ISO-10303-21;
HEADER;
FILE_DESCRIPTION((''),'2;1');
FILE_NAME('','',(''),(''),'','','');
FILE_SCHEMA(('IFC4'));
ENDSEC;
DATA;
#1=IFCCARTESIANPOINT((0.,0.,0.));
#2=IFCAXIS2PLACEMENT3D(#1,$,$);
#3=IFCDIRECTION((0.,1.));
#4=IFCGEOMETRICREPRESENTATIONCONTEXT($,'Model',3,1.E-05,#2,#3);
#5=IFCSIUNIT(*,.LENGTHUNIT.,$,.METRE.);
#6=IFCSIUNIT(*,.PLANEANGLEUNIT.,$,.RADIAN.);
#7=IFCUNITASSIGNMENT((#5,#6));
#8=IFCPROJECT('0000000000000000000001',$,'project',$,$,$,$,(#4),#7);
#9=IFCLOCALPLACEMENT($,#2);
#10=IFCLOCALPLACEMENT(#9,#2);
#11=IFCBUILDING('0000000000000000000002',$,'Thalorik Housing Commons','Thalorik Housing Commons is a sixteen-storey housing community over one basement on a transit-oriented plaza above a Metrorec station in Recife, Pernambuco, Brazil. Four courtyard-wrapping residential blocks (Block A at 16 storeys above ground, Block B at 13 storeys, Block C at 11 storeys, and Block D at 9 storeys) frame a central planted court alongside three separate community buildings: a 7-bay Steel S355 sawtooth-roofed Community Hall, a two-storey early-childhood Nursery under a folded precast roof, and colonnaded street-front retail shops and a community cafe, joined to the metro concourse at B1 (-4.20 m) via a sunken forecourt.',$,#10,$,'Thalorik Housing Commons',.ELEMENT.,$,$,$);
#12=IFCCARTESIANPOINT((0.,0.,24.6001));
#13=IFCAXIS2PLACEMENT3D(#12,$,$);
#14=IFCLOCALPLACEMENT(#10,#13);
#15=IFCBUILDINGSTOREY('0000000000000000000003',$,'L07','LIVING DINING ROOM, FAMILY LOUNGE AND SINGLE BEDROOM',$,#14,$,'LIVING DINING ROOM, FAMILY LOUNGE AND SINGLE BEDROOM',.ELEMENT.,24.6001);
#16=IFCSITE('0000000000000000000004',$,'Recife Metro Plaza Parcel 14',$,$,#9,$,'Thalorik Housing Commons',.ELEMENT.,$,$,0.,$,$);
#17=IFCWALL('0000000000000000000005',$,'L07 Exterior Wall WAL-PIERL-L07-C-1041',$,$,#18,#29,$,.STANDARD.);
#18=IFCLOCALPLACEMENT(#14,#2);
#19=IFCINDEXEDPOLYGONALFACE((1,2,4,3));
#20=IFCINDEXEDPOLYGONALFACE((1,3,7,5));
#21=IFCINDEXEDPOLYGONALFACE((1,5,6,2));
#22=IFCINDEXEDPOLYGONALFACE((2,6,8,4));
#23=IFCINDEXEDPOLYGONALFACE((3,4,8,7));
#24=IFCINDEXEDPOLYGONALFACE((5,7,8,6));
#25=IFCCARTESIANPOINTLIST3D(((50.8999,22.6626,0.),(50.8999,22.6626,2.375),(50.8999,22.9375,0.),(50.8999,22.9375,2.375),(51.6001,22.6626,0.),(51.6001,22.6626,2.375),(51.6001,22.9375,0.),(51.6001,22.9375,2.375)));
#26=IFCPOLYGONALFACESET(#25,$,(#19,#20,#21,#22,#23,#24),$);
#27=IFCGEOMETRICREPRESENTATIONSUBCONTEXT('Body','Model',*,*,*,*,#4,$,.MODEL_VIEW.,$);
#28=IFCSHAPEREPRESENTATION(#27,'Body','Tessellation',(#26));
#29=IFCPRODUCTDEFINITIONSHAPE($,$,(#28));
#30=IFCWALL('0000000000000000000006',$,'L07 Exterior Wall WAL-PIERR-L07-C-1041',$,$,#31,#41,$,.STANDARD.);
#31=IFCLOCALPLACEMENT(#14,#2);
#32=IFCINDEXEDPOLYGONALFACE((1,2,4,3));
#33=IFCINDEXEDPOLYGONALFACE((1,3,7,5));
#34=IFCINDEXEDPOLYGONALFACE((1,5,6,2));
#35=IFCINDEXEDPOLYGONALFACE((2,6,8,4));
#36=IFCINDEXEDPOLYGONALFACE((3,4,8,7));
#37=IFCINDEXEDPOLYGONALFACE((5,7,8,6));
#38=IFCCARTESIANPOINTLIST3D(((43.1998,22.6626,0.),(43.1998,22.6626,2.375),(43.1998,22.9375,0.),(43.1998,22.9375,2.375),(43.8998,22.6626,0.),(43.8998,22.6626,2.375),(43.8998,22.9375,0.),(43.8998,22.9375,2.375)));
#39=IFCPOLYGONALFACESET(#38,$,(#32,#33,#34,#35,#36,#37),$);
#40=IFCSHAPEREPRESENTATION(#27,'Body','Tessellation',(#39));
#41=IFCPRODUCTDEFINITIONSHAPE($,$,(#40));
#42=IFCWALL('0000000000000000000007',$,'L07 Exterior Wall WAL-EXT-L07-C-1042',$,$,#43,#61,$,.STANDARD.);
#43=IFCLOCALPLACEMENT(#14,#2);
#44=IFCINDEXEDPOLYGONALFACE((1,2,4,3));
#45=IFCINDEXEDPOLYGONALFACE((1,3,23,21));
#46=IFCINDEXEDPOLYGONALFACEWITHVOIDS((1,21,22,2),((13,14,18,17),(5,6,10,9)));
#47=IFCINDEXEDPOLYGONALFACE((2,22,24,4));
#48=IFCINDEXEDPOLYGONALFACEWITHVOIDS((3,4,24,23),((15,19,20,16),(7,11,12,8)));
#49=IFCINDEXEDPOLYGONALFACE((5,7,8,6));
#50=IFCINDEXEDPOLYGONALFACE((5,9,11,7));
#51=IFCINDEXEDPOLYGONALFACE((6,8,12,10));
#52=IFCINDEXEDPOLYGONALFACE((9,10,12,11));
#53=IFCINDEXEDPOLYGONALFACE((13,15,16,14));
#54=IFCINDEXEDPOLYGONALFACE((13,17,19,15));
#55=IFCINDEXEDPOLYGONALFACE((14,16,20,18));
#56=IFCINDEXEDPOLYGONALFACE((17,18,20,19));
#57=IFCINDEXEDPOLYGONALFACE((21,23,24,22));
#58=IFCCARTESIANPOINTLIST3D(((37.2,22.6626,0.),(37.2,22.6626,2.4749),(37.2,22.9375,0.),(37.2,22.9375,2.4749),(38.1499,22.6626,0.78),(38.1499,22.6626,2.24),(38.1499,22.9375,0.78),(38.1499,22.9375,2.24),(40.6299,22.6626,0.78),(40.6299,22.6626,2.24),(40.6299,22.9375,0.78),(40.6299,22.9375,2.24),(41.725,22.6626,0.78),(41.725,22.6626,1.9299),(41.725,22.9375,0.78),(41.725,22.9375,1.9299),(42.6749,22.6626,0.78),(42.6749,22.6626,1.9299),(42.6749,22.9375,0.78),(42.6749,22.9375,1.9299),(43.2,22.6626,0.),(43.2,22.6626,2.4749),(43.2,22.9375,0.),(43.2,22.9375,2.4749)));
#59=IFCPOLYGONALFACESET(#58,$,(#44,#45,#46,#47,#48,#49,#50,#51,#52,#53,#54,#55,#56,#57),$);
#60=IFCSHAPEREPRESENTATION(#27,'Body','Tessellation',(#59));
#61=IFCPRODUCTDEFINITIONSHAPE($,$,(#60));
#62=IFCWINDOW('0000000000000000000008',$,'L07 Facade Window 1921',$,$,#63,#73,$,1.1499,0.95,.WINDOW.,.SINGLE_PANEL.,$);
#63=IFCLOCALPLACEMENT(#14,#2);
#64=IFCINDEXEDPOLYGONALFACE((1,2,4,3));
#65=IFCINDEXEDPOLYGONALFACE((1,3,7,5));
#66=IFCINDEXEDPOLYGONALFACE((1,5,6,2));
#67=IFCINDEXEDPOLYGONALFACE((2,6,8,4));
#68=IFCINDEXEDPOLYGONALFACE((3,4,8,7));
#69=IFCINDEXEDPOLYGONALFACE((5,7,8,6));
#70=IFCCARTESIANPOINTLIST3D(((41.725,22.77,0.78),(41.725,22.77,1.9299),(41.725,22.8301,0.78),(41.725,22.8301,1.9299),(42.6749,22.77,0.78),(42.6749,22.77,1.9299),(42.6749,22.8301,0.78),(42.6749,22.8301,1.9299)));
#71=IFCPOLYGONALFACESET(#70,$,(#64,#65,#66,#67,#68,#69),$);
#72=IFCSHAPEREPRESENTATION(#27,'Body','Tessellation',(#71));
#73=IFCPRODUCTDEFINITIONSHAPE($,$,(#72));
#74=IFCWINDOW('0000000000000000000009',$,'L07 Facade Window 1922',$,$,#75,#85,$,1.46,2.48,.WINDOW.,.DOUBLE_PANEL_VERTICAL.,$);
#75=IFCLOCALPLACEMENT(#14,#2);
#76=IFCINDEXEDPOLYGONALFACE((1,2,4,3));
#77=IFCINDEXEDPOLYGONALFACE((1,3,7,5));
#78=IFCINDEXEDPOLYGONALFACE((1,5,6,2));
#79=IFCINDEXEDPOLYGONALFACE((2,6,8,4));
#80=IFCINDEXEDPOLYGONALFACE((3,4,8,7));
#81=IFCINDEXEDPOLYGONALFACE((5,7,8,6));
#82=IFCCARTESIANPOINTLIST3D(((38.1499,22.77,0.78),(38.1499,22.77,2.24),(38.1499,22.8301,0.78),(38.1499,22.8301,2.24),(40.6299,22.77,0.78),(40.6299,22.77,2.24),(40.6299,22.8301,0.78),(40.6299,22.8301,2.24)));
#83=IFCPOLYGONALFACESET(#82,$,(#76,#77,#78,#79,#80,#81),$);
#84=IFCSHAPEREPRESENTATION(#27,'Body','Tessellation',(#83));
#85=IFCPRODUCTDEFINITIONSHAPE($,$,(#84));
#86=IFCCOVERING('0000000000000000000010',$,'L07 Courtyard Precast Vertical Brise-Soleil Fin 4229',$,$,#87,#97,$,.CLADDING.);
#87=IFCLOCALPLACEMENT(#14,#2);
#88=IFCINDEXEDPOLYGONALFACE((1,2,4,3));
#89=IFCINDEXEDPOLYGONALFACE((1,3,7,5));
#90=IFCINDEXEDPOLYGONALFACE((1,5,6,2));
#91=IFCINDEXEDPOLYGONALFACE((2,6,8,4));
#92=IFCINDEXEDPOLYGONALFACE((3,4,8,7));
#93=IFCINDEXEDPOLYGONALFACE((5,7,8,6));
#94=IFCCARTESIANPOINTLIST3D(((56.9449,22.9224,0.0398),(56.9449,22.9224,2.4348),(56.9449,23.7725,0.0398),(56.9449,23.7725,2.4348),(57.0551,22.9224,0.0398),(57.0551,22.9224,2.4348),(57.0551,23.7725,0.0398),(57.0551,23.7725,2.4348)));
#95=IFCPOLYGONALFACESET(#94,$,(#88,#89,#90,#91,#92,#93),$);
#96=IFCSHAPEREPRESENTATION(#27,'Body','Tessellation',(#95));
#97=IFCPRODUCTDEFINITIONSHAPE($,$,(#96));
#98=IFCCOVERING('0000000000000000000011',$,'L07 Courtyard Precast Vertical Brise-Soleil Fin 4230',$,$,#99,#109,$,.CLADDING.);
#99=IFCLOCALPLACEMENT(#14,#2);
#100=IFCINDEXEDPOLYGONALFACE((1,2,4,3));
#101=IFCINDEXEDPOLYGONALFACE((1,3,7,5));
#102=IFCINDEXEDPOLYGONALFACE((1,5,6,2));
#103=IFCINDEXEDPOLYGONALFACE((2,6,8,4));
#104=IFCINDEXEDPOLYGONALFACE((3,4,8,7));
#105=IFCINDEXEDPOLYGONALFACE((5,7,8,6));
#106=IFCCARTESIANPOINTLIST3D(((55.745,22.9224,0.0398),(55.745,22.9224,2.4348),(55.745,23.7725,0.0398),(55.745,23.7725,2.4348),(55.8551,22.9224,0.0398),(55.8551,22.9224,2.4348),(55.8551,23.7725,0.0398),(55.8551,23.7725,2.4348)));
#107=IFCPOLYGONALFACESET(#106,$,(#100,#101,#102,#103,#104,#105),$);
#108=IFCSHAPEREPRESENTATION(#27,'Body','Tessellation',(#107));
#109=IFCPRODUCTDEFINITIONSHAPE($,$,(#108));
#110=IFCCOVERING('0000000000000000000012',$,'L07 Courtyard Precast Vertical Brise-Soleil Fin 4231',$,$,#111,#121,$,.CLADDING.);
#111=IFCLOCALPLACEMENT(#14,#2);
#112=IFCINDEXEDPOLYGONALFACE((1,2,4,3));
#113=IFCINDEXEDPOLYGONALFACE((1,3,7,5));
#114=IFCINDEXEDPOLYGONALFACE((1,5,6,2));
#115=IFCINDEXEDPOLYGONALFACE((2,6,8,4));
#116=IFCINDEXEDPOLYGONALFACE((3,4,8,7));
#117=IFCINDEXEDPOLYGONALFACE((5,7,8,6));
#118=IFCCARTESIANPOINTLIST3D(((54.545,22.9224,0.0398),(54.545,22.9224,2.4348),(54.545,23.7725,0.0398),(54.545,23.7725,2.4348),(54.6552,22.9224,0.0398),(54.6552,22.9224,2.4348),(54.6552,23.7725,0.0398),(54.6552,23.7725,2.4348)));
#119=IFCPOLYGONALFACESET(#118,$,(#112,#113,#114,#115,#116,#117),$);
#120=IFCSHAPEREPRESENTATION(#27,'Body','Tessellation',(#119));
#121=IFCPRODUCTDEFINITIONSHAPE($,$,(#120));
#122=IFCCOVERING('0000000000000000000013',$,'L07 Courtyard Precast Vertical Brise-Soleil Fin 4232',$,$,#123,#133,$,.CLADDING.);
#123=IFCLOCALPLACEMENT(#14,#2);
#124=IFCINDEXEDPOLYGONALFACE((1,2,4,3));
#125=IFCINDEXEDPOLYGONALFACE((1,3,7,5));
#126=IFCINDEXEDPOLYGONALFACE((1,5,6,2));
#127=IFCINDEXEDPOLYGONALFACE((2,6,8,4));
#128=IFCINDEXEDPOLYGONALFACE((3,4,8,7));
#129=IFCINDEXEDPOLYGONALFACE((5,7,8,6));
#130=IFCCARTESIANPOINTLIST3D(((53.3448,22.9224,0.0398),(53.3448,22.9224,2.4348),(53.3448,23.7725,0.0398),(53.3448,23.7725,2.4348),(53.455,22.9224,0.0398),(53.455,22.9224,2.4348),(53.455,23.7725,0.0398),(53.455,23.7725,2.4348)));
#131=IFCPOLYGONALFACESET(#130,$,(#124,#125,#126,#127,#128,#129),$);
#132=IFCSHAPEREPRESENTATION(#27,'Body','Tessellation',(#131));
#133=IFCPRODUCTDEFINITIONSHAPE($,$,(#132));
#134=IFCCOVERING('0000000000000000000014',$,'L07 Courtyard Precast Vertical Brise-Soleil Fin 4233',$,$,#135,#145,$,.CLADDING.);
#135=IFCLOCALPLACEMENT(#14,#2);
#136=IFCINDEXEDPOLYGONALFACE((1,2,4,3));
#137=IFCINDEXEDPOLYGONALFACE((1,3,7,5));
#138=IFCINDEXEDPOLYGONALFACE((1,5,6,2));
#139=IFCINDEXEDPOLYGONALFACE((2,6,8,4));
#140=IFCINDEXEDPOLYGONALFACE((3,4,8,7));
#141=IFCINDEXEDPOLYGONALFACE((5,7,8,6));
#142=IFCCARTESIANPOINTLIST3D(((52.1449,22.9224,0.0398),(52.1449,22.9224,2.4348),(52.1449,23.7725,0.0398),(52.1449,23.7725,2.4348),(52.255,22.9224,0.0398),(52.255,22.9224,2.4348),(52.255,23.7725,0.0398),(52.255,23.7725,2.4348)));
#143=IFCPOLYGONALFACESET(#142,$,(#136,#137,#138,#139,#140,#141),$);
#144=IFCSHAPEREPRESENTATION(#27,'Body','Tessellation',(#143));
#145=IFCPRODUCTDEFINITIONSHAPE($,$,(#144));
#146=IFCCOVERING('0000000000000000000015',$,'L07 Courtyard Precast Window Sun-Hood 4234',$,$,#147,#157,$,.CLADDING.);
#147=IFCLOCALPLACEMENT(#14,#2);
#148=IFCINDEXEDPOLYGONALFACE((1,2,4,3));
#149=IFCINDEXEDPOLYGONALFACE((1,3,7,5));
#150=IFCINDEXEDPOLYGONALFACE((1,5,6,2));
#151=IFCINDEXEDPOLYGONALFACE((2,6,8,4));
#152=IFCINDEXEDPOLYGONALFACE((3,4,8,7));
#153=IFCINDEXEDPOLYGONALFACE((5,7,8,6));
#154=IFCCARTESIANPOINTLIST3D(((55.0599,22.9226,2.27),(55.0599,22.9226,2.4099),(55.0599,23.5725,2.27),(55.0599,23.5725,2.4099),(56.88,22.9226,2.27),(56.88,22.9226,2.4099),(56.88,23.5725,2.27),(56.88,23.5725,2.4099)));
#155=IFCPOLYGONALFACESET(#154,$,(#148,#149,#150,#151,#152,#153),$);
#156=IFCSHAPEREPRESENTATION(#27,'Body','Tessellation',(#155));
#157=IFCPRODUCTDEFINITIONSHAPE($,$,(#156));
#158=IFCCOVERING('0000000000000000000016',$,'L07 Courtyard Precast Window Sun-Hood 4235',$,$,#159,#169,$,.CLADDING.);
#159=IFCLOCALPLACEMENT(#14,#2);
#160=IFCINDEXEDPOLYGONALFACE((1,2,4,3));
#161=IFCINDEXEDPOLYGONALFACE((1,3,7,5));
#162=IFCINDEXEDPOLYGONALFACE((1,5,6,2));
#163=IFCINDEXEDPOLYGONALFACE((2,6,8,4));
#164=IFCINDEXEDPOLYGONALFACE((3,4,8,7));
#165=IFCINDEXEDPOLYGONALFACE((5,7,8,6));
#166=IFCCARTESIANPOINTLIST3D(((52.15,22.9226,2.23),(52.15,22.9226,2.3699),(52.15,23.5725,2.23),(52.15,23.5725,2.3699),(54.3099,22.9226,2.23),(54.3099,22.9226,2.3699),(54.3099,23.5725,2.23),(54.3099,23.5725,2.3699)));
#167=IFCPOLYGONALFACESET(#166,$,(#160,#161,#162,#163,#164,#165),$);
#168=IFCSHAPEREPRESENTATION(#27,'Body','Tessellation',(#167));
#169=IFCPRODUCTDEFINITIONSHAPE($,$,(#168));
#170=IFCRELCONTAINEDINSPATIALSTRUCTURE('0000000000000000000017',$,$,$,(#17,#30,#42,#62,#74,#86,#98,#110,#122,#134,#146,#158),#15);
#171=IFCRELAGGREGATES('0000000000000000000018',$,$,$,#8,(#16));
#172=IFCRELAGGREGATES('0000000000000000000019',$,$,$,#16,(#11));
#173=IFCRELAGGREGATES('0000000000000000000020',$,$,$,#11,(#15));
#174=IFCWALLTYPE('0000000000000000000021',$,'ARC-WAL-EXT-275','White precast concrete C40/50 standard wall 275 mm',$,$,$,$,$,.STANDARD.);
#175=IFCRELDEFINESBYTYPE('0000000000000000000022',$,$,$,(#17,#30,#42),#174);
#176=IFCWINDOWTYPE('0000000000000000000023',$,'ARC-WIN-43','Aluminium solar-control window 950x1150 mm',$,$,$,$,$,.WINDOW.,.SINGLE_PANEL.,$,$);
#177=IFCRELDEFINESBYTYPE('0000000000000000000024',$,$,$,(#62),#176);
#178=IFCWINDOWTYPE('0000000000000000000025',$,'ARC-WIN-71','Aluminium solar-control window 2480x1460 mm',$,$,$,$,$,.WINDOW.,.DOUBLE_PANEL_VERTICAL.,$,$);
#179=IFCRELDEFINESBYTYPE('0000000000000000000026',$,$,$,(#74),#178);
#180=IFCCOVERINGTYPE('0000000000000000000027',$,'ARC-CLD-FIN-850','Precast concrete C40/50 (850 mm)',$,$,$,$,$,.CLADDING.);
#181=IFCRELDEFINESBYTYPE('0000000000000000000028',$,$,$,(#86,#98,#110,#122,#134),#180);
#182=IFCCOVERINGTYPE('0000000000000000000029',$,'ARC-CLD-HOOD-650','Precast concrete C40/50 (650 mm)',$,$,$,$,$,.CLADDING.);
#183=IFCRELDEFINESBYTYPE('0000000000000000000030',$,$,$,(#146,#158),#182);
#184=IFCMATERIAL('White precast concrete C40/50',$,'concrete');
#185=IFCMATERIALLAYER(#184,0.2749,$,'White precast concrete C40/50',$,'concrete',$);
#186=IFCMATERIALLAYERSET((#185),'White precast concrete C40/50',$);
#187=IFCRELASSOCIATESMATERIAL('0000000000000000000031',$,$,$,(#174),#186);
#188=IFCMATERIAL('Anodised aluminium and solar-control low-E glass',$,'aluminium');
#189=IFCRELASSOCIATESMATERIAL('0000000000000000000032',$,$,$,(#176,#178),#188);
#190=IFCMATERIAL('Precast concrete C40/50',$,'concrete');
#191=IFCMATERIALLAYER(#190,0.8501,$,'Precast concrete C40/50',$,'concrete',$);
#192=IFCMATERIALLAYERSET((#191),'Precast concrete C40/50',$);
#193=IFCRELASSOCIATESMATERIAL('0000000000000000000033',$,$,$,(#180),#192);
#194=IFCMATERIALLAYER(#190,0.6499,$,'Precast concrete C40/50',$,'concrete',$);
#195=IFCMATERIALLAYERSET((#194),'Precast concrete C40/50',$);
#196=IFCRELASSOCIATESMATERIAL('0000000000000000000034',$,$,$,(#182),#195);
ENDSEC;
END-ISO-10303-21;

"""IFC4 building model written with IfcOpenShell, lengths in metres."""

from ifc_helpers import new_model, si_unit, direction, frame, frame_2d, origin, origin_2d, place, context, subcontext, project, spatial, rectangle, extrude, material, layer, layer_set, type_object, element, fill, save


model = new_model("IFC4")

# Units and contexts
model_context = context("Model", 3, precision=1e-05, world=origin(), true_north=direction((0.0, 1.0)))
body_context = subcontext(model_context, "Body", "Model", "MODEL_VIEW")
ifc_project = project(units=[si_unit("LENGTHUNIT", "METRE"), si_unit("PLANEANGLEUNIT", "RADIAN")], contexts=[model_context])

# Site, building, storey
site_placement = place(None, origin())
site = spatial("IfcSite", under=ifc_project, at=site_placement, Name="Recife Metro Plaza Parcel 14", LongName="Thalorik Housing Commons", CompositionType="ELEMENT", RefElevation=0.0)
building_placement = place(site_placement, origin())
building = spatial("IfcBuilding", under=site, at=building_placement, Name="Thalorik Housing Commons", Description="Thalorik Housing Commons is a sixteen-storey housing community over one basement on a transit-oriented plaza above a Metrorec station in Recife, Pernambuco, Brazil. Four courtyard-wrapping residential blocks (Block A at 16 storeys above ground, Block B at 13 storeys, Block C at 11 storeys, and Block D at 9 storeys) frame a central planted court alongside three separate community buildings: a 7-bay Steel S355 sawtooth-roofed Community Hall, a two-storey early-childhood Nursery under a folded precast roof, and colonnaded street-front retail shops and a community cafe, joined to the metro concourse at B1 (-4.20 m) via a sunken forecourt.", LongName="Thalorik Housing Commons", CompositionType="ELEMENT")
storey_placement = place(building_placement, frame((0.0, 0.0, 24.6001)))
storey = spatial("IfcBuildingStorey", under=building, at=storey_placement, Name="L07", Description="LIVING DINING ROOM, FAMILY LOUNGE AND SINGLE BEDROOM", LongName="LIVING DINING ROOM, FAMILY LOUNGE AND SINGLE BEDROOM", CompositionType="ELEMENT", Elevation=24.6001)

# Shared definitions
ifc_material_1 = material(Name="Precast concrete C40/50", Category="concrete")

# Shared definitions
ifc_material_2 = material(Name="Anodised aluminium and solar-control low-E glass", Category="aluminium")

# Walls
ifc_material_3 = material(Name="White precast concrete C40/50", Category="concrete")
ifc_layer_1 = layer(ifc_material_3, 0.2749, Name="White precast concrete C40/50", Category="concrete")
ifc_layer_set_1 = layer_set([ifc_layer_1], Name="White precast concrete C40/50")
wall_type = type_object("IfcWallType", Name="ARC-WAL-EXT-275", Description="White precast concrete C40/50 standard wall 275 mm", PredefinedType="STANDARD", material=ifc_layer_set_1)
wall_1_placement = place(storey_placement, frame((51.6001, 22.8, 0.0), z_axis=(0.0, 0.0, 1.0), x_axis=(-1.0, 0.0, 0.0)))
element("IfcWall", 1, at=wall_1_placement, inside=storey, type_object=wall_type, Name="L07 Exterior Wall WAL-PIERL-L07-C-1041", PredefinedType="STANDARD", context=body_context, shape_type="SweptSolid", body=[
    extrude(rectangle(XDim=0.7002, YDim=0.2749, at=frame_2d((0.3501, 0.0))), origin(), (0.0, 0.0, 1.0), 2.375),
])
wall_2_placement = place(storey_placement, frame((43.8999, 22.8, 0.0), z_axis=(0.0, 0.0, 1.0), x_axis=(-1.0, 0.0, 0.0)))
element("IfcWall", 2, at=wall_2_placement, inside=storey, type_object=wall_type, Name="L07 Exterior Wall WAL-PIERR-L07-C-1041", PredefinedType="STANDARD", context=body_context, shape_type="SweptSolid", body=[
    extrude(rectangle(XDim=0.7, YDim=0.2749, at=frame_2d((0.3501, 0.0))), origin(), (0.0, 0.0, 1.0), 2.375),
])

# Wall, openings, windows
wall_3_placement = place(storey_placement, frame((43.2, 22.8, 0.0), z_axis=(0.0, 0.0, 1.0), x_axis=(-1.0, 0.0, 0.0)))
wall_3 = element("IfcWall", 3, at=wall_3_placement, inside=storey, type_object=wall_type, Name="L07 Exterior Wall WAL-EXT-L07-C-1042", PredefinedType="STANDARD", context=body_context, shape_type="SweptSolid", body=[
    extrude(rectangle(XDim=6.0, YDim=0.2749, at=frame_2d((3.0, 0.0))), origin(), (0.0, 0.0, 1.0), 2.4749),
])
opening_1_placement = place(wall_3_placement, frame((0.5249, 0.0, 0.78)))
opening_1 = element("IfcOpeningElement", 4, at=opening_1_placement, cuts=wall_3, PredefinedType="OPENING", context=body_context, shape_type="SweptSolid", body=[
    extrude(rectangle(XDim=0.95, YDim=1.1499, at=frame_2d((0.4751, 0.575))), frame((0.0, 0.1475, 0.0), z_axis=(0.0, -1.0, 0.0), x_axis=(1.0, 0.0, 0.0)), (0.0, 0.0, 1.0), 0.2949),
])
opening_2_placement = place(wall_3_placement, frame((2.5701, 0.0, 0.78)))
opening_2 = element("IfcOpeningElement", 5, at=opening_2_placement, cuts=wall_3, PredefinedType="OPENING", context=body_context, shape_type="SweptSolid", body=[
    extrude(rectangle(XDim=2.48, YDim=1.46, at=frame_2d((1.24, 0.73))), frame((0.0, 0.1475, 0.0), z_axis=(0.0, -1.0, 0.0), x_axis=(1.0, 0.0, 0.0)), (0.0, 0.0, 1.0), 0.2949),
])
window_type_1 = type_object("IfcWindowType", Name="ARC-WIN-43", Description="Aluminium solar-control window 950x1150 mm", PartitioningType="SINGLE_PANEL", PredefinedType="WINDOW", material=ifc_material_2)
window_1_placement = place(opening_1_placement, origin())
window_1 = element("IfcWindow", 6, at=window_1_placement, inside=storey, type_object=window_type_1, Name="L07 Facade Window 1921", OverallHeight=1.1499, OverallWidth=0.95, PartitioningType="SINGLE_PANEL", PredefinedType="WINDOW", context=body_context, shape_type="SweptSolid", body=[
    extrude(rectangle(XDim=0.95, YDim=1.1499, at=frame_2d((0.4751, 0.575))), frame((0.0, 0.03, 0.0), z_axis=(0.0, -1.0, 0.0), x_axis=(1.0, 0.0, 0.0)), (0.0, 0.0, 1.0), 0.0601),
])
fill(opening_1, window_1)
window_type_2 = type_object("IfcWindowType", Name="ARC-WIN-71", Description="Aluminium solar-control window 2480x1460 mm", PartitioningType="DOUBLE_PANEL_VERTICAL", PredefinedType="WINDOW", material=ifc_material_2)
window_2_placement = place(opening_2_placement, origin())
window_2 = element("IfcWindow", 7, at=window_2_placement, inside=storey, type_object=window_type_2, Name="L07 Facade Window 1922", OverallHeight=1.46, OverallWidth=2.48, PartitioningType="DOUBLE_PANEL_VERTICAL", PredefinedType="WINDOW", context=body_context, shape_type="SweptSolid", body=[
    extrude(rectangle(XDim=2.48, YDim=1.46, at=frame_2d((1.24, 0.73))), frame((0.0, 0.03, 0.0), z_axis=(0.0, -1.0, 0.0), x_axis=(1.0, 0.0, 0.0)), (0.0, 0.0, 1.0), 0.0601),
])
fill(opening_2, window_2)

# Coverings
ifc_layer_2 = layer(ifc_material_1, 0.8501, Name="Precast concrete C40/50", Category="concrete")
ifc_layer_set_2 = layer_set([ifc_layer_2], Name="Precast concrete C40/50")
covering_type_1 = type_object("IfcCoveringType", Name="ARC-CLD-FIN-850", Description="Precast concrete C40/50 (850 mm)", PredefinedType="CLADDING", material=ifc_layer_set_2)
for number, where, z_axis, x_axis, name in (
    (8, (57.0, 23.3474, 0.0398), (0.0, 0.0, 1.0), (-1.0, 0.0, 0.0), "L07 Courtyard Precast Vertical Brise-Soleil Fin 4229"),
    (9, (55.8, 23.3474, 0.0398), (0.0, 0.0, 1.0), (-1.0, 0.0, 0.0), "L07 Courtyard Precast Vertical Brise-Soleil Fin 4230"),
    (10, (54.6001, 23.3474, 0.0398), (0.0, 0.0, 1.0), (-1.0, 0.0, 0.0), "L07 Courtyard Precast Vertical Brise-Soleil Fin 4231"),
    (11, (53.3999, 23.3474, 0.0398), (0.0, 0.0, 1.0), (-1.0, 0.0, 0.0), "L07 Courtyard Precast Vertical Brise-Soleil Fin 4232"),
    (12, (52.2, 23.3474, 0.0398), (0.0, 0.0, 1.0), (-1.0, 0.0, 0.0), "L07 Courtyard Precast Vertical Brise-Soleil Fin 4233"),
):
    element("IfcCovering", number, at=place(storey_placement, frame(where, z_axis=z_axis, x_axis=x_axis)), inside=storey, type_object=covering_type_1, Name=name, PredefinedType="CLADDING", context=body_context, shape_type="SweptSolid", body=[
        extrude(rectangle(XDim=0.1101, YDim=0.8501, at=origin_2d()), origin(), (0.0, 0.0, 1.0), 2.395),
    ])
ifc_layer_3 = layer(ifc_material_1, 0.6499, Name="Precast concrete C40/50", Category="concrete")
ifc_layer_set_3 = layer_set([ifc_layer_3], Name="Precast concrete C40/50")
covering_type_2 = type_object("IfcCoveringType", Name="ARC-CLD-HOOD-650", Description="Precast concrete C40/50 (650 mm)", PredefinedType="CLADDING", material=ifc_layer_set_3)
covering_1_placement = place(storey_placement, frame((55.97, 23.2476, 2.27), z_axis=(0.0, 0.0, 1.0), x_axis=(-1.0, 0.0, 0.0)))
element("IfcCovering", 13, at=covering_1_placement, inside=storey, type_object=covering_type_2, Name="L07 Courtyard Precast Window Sun-Hood 4234", PredefinedType="CLADDING", context=body_context, shape_type="SweptSolid", body=[
    extrude(rectangle(XDim=1.8201, YDim=0.6499, at=origin_2d()), origin(), (0.0, 0.0, 1.0), 0.1399),
])
covering_2_placement = place(storey_placement, frame((53.23, 23.2476, 2.23), z_axis=(0.0, 0.0, 1.0), x_axis=(-1.0, 0.0, 0.0)))
element("IfcCovering", 14, at=covering_2_placement, inside=storey, type_object=covering_type_2, Name="L07 Courtyard Precast Window Sun-Hood 4235", PredefinedType="CLADDING", context=body_context, shape_type="SweptSolid", body=[
    extrude(rectangle(XDim=2.1599, YDim=0.6499, at=origin_2d()), origin(), (0.0, 0.0, 1.0), 0.1399),
])

save(model, "model.ifc")
